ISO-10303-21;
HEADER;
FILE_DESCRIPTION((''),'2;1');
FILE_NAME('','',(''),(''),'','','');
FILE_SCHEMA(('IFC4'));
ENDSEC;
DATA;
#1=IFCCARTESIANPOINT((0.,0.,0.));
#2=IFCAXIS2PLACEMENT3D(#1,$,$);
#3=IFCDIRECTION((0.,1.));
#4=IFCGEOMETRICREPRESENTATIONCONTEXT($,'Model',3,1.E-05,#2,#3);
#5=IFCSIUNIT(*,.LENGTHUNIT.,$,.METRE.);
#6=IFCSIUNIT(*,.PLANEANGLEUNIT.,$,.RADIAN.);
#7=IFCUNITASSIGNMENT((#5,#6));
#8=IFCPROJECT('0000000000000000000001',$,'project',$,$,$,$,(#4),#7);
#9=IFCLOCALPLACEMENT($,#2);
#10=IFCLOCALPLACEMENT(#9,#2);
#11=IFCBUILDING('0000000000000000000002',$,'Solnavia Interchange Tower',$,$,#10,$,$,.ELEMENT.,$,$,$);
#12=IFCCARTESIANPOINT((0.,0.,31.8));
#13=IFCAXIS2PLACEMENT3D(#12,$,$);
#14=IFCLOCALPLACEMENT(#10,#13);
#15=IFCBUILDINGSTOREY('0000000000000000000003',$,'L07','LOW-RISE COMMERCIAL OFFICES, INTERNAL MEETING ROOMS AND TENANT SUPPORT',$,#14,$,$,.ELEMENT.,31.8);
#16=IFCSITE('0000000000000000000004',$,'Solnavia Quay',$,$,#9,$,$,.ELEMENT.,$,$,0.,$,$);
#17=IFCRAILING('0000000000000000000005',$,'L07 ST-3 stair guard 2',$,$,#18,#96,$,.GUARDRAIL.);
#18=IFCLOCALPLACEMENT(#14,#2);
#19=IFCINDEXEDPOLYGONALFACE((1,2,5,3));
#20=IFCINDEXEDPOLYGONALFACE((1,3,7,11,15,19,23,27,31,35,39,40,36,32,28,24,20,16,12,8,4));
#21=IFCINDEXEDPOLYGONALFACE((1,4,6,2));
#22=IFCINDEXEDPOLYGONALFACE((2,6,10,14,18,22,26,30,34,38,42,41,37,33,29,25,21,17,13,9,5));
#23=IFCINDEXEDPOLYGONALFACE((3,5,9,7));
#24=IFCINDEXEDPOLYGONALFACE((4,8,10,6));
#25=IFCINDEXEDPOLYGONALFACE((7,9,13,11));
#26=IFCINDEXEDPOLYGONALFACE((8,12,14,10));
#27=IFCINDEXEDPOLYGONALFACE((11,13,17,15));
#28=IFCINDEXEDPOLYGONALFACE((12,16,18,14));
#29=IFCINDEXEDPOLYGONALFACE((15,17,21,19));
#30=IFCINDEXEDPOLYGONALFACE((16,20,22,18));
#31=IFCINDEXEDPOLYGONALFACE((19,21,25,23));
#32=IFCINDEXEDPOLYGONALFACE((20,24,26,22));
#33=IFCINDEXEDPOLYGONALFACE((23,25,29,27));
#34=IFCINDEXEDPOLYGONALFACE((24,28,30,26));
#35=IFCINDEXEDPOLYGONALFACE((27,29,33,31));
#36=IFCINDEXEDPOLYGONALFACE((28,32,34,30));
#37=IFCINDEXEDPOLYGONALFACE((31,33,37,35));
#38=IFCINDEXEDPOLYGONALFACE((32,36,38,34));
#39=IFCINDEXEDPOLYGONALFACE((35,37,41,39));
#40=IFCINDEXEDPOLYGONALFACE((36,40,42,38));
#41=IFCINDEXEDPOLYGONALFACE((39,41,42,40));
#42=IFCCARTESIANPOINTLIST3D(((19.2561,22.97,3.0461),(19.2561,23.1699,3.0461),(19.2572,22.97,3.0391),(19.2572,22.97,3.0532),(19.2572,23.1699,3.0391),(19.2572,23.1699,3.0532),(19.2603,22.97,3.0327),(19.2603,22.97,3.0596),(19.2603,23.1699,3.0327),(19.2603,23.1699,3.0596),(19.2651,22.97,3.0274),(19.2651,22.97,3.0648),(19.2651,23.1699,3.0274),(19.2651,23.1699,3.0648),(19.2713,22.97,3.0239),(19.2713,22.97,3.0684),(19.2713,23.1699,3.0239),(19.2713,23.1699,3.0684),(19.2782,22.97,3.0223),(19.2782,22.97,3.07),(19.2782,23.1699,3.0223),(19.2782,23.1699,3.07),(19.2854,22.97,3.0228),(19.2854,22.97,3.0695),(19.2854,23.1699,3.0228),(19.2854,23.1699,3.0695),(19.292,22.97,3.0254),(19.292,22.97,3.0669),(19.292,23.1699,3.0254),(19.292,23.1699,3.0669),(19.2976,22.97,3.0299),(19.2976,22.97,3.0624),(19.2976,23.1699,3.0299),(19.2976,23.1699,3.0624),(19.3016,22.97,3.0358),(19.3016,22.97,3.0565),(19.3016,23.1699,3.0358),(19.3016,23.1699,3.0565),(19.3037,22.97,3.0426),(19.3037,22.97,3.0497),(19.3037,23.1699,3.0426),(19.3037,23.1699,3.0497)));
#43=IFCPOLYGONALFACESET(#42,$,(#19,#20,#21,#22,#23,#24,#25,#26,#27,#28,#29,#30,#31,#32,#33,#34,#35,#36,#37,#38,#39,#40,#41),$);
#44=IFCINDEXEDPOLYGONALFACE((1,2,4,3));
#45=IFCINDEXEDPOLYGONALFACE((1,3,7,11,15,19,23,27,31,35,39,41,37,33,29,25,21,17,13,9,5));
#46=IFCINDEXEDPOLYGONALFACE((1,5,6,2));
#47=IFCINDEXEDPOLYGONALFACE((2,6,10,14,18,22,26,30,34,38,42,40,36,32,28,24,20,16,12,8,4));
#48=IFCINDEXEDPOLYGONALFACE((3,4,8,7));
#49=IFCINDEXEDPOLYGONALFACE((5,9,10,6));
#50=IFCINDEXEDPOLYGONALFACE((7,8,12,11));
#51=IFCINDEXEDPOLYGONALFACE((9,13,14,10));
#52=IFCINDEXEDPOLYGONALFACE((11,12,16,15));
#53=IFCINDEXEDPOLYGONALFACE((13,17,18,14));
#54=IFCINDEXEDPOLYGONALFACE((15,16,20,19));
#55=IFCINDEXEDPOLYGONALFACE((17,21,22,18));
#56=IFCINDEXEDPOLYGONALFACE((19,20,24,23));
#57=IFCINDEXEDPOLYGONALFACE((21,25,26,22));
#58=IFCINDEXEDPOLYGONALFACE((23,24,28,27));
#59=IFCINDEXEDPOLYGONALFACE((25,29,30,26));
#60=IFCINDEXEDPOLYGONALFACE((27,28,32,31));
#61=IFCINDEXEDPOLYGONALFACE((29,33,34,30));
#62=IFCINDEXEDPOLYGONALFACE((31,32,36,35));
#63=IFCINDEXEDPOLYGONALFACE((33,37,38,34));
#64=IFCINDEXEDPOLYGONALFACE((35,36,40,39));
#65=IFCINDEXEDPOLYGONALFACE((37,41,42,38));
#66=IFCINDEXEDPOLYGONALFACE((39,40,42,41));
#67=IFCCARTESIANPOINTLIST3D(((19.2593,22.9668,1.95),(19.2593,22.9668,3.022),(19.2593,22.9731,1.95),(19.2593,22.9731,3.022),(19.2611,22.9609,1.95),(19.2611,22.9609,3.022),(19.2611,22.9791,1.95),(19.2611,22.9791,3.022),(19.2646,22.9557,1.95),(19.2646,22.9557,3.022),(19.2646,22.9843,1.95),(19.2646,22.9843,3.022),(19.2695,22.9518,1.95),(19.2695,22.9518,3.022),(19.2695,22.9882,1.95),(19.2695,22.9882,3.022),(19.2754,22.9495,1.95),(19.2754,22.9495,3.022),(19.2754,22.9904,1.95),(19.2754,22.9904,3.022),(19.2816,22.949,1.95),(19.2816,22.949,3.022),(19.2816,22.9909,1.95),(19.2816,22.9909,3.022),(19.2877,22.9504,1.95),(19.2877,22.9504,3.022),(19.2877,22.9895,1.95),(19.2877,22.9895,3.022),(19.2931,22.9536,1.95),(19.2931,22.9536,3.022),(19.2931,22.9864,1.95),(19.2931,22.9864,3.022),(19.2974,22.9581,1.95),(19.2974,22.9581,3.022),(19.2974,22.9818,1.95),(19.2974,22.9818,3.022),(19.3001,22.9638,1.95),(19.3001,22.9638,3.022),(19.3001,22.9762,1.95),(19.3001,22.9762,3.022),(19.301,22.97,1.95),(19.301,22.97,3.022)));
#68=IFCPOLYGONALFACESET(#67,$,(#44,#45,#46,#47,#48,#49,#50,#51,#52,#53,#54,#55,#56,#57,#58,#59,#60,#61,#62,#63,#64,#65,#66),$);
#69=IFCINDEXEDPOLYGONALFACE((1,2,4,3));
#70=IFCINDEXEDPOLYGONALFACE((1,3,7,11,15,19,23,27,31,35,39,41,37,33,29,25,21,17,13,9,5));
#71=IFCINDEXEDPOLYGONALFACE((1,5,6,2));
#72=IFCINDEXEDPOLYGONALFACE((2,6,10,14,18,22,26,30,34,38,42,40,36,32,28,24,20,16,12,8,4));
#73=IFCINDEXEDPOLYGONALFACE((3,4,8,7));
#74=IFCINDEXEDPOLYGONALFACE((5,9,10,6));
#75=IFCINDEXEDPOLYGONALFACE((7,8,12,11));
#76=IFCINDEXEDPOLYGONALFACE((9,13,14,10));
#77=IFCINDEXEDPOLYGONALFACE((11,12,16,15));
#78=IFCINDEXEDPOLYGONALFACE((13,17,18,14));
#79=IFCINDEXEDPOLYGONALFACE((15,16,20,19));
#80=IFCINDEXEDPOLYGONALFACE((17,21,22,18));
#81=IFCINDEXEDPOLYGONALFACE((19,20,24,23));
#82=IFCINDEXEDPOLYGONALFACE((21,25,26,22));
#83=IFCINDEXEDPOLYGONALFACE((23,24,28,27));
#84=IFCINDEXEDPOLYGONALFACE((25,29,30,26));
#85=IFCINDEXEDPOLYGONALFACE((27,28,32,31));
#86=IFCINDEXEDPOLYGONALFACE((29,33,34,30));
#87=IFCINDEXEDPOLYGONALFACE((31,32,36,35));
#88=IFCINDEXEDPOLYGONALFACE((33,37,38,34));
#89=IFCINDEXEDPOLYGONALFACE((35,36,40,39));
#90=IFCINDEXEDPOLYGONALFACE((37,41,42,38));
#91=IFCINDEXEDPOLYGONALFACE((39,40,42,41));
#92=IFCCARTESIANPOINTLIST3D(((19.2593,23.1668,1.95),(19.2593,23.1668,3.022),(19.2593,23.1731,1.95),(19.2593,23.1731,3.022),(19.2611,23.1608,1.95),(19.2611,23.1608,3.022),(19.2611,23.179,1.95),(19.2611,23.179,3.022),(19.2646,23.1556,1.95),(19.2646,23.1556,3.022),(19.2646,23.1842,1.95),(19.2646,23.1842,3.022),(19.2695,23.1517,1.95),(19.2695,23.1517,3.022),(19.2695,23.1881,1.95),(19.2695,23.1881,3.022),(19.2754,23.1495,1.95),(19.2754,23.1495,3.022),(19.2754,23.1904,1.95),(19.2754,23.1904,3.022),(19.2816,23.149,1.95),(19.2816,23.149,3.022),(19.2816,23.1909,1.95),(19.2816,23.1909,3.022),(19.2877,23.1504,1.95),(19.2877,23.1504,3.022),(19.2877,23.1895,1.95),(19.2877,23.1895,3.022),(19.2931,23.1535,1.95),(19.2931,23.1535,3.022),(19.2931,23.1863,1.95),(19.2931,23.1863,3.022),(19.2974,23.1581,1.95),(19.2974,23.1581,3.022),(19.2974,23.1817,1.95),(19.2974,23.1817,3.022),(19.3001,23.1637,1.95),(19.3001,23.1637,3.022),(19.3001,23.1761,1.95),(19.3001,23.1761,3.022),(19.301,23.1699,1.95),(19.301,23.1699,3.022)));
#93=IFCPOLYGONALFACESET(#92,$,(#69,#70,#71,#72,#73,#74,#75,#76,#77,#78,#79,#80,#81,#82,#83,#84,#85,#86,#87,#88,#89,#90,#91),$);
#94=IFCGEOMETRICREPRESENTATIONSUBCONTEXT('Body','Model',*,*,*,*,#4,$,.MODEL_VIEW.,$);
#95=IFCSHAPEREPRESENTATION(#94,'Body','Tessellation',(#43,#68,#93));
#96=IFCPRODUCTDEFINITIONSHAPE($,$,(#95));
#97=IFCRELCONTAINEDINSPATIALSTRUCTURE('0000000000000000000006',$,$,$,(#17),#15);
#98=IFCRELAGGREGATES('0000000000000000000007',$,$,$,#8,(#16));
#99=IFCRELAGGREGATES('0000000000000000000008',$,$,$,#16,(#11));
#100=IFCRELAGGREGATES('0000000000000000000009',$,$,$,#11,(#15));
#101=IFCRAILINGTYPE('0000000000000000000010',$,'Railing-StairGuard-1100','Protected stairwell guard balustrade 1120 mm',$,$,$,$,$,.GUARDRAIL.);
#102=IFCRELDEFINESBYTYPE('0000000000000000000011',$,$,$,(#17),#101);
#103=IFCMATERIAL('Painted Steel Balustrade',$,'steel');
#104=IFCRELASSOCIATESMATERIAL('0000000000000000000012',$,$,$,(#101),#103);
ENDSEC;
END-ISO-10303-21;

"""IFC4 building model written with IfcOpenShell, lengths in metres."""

from ifc_helpers import new_model, si_unit, direction, frame, origin, origin_2d, place, context, subcontext, project, spatial, circle, extrude, material, type_object, element, save


model = new_model("IFC4")

# Units and contexts
model_context = context("Model", 3, precision=1e-05, world=origin(), true_north=direction((0.0, 1.0)))
body_context = subcontext(model_context, "Body", "Model", "MODEL_VIEW")
ifc_project = project(units=[si_unit("LENGTHUNIT", "METRE"), si_unit("PLANEANGLEUNIT", "RADIAN")], contexts=[model_context])

# Site, building, storey
site_placement = place(None, origin())
site = spatial("IfcSite", under=ifc_project, at=site_placement, Name="Solnavia Quay", CompositionType="ELEMENT", RefElevation=0.0)
building_placement = place(site_placement, origin())
building = spatial("IfcBuilding", under=site, at=building_placement, Name="Solnavia Interchange Tower", CompositionType="ELEMENT")
storey_placement = place(building_placement, frame((0.0, 0.0, 31.8)))
storey = spatial("IfcBuildingStorey", under=building, at=storey_placement, Name="L07", Description="LOW-RISE COMMERCIAL OFFICES, INTERNAL MEETING ROOMS AND TENANT SUPPORT", CompositionType="ELEMENT", Elevation=31.8)

# Railing
ifc_material_1 = material(Name="Painted Steel Balustrade", Category="steel")
railing_type_1 = type_object("IfcRailingType", Name="Railing-StairGuard-1100", Description="Protected stairwell guard balustrade 1120 mm", PredefinedType="GUARDRAIL", material=ifc_material_1)
railing_1_placement = place(storey_placement, frame((19.28, 22.97, 1.95)))
element("IfcRailing", 1, at=railing_1_placement, inside=storey, type_object=railing_type_1, Name="L07 ST-3 stair guard 2", PredefinedType="GUARDRAIL", context=body_context, shape_type="SweptSolid", body=[
    extrude(circle(Radius=0.0239, at=origin_2d()), frame((0.0, 0.0, 1.0962), z_axis=(0.0, 1.0, 0.0), x_axis=(-1.0, 0.0, 0.0)), (0.0, 0.0, 1.0), 0.2),
    extrude(circle(Radius=0.021, at=origin_2d()), origin(), (0.0, 0.0, 1.0), 1.072),
    extrude(circle(Radius=0.021, at=origin_2d()), frame((0.0, 0.2, 0.0)), (0.0, 0.0, 1.0), 1.072),
])

save(model, "model.ifc")
